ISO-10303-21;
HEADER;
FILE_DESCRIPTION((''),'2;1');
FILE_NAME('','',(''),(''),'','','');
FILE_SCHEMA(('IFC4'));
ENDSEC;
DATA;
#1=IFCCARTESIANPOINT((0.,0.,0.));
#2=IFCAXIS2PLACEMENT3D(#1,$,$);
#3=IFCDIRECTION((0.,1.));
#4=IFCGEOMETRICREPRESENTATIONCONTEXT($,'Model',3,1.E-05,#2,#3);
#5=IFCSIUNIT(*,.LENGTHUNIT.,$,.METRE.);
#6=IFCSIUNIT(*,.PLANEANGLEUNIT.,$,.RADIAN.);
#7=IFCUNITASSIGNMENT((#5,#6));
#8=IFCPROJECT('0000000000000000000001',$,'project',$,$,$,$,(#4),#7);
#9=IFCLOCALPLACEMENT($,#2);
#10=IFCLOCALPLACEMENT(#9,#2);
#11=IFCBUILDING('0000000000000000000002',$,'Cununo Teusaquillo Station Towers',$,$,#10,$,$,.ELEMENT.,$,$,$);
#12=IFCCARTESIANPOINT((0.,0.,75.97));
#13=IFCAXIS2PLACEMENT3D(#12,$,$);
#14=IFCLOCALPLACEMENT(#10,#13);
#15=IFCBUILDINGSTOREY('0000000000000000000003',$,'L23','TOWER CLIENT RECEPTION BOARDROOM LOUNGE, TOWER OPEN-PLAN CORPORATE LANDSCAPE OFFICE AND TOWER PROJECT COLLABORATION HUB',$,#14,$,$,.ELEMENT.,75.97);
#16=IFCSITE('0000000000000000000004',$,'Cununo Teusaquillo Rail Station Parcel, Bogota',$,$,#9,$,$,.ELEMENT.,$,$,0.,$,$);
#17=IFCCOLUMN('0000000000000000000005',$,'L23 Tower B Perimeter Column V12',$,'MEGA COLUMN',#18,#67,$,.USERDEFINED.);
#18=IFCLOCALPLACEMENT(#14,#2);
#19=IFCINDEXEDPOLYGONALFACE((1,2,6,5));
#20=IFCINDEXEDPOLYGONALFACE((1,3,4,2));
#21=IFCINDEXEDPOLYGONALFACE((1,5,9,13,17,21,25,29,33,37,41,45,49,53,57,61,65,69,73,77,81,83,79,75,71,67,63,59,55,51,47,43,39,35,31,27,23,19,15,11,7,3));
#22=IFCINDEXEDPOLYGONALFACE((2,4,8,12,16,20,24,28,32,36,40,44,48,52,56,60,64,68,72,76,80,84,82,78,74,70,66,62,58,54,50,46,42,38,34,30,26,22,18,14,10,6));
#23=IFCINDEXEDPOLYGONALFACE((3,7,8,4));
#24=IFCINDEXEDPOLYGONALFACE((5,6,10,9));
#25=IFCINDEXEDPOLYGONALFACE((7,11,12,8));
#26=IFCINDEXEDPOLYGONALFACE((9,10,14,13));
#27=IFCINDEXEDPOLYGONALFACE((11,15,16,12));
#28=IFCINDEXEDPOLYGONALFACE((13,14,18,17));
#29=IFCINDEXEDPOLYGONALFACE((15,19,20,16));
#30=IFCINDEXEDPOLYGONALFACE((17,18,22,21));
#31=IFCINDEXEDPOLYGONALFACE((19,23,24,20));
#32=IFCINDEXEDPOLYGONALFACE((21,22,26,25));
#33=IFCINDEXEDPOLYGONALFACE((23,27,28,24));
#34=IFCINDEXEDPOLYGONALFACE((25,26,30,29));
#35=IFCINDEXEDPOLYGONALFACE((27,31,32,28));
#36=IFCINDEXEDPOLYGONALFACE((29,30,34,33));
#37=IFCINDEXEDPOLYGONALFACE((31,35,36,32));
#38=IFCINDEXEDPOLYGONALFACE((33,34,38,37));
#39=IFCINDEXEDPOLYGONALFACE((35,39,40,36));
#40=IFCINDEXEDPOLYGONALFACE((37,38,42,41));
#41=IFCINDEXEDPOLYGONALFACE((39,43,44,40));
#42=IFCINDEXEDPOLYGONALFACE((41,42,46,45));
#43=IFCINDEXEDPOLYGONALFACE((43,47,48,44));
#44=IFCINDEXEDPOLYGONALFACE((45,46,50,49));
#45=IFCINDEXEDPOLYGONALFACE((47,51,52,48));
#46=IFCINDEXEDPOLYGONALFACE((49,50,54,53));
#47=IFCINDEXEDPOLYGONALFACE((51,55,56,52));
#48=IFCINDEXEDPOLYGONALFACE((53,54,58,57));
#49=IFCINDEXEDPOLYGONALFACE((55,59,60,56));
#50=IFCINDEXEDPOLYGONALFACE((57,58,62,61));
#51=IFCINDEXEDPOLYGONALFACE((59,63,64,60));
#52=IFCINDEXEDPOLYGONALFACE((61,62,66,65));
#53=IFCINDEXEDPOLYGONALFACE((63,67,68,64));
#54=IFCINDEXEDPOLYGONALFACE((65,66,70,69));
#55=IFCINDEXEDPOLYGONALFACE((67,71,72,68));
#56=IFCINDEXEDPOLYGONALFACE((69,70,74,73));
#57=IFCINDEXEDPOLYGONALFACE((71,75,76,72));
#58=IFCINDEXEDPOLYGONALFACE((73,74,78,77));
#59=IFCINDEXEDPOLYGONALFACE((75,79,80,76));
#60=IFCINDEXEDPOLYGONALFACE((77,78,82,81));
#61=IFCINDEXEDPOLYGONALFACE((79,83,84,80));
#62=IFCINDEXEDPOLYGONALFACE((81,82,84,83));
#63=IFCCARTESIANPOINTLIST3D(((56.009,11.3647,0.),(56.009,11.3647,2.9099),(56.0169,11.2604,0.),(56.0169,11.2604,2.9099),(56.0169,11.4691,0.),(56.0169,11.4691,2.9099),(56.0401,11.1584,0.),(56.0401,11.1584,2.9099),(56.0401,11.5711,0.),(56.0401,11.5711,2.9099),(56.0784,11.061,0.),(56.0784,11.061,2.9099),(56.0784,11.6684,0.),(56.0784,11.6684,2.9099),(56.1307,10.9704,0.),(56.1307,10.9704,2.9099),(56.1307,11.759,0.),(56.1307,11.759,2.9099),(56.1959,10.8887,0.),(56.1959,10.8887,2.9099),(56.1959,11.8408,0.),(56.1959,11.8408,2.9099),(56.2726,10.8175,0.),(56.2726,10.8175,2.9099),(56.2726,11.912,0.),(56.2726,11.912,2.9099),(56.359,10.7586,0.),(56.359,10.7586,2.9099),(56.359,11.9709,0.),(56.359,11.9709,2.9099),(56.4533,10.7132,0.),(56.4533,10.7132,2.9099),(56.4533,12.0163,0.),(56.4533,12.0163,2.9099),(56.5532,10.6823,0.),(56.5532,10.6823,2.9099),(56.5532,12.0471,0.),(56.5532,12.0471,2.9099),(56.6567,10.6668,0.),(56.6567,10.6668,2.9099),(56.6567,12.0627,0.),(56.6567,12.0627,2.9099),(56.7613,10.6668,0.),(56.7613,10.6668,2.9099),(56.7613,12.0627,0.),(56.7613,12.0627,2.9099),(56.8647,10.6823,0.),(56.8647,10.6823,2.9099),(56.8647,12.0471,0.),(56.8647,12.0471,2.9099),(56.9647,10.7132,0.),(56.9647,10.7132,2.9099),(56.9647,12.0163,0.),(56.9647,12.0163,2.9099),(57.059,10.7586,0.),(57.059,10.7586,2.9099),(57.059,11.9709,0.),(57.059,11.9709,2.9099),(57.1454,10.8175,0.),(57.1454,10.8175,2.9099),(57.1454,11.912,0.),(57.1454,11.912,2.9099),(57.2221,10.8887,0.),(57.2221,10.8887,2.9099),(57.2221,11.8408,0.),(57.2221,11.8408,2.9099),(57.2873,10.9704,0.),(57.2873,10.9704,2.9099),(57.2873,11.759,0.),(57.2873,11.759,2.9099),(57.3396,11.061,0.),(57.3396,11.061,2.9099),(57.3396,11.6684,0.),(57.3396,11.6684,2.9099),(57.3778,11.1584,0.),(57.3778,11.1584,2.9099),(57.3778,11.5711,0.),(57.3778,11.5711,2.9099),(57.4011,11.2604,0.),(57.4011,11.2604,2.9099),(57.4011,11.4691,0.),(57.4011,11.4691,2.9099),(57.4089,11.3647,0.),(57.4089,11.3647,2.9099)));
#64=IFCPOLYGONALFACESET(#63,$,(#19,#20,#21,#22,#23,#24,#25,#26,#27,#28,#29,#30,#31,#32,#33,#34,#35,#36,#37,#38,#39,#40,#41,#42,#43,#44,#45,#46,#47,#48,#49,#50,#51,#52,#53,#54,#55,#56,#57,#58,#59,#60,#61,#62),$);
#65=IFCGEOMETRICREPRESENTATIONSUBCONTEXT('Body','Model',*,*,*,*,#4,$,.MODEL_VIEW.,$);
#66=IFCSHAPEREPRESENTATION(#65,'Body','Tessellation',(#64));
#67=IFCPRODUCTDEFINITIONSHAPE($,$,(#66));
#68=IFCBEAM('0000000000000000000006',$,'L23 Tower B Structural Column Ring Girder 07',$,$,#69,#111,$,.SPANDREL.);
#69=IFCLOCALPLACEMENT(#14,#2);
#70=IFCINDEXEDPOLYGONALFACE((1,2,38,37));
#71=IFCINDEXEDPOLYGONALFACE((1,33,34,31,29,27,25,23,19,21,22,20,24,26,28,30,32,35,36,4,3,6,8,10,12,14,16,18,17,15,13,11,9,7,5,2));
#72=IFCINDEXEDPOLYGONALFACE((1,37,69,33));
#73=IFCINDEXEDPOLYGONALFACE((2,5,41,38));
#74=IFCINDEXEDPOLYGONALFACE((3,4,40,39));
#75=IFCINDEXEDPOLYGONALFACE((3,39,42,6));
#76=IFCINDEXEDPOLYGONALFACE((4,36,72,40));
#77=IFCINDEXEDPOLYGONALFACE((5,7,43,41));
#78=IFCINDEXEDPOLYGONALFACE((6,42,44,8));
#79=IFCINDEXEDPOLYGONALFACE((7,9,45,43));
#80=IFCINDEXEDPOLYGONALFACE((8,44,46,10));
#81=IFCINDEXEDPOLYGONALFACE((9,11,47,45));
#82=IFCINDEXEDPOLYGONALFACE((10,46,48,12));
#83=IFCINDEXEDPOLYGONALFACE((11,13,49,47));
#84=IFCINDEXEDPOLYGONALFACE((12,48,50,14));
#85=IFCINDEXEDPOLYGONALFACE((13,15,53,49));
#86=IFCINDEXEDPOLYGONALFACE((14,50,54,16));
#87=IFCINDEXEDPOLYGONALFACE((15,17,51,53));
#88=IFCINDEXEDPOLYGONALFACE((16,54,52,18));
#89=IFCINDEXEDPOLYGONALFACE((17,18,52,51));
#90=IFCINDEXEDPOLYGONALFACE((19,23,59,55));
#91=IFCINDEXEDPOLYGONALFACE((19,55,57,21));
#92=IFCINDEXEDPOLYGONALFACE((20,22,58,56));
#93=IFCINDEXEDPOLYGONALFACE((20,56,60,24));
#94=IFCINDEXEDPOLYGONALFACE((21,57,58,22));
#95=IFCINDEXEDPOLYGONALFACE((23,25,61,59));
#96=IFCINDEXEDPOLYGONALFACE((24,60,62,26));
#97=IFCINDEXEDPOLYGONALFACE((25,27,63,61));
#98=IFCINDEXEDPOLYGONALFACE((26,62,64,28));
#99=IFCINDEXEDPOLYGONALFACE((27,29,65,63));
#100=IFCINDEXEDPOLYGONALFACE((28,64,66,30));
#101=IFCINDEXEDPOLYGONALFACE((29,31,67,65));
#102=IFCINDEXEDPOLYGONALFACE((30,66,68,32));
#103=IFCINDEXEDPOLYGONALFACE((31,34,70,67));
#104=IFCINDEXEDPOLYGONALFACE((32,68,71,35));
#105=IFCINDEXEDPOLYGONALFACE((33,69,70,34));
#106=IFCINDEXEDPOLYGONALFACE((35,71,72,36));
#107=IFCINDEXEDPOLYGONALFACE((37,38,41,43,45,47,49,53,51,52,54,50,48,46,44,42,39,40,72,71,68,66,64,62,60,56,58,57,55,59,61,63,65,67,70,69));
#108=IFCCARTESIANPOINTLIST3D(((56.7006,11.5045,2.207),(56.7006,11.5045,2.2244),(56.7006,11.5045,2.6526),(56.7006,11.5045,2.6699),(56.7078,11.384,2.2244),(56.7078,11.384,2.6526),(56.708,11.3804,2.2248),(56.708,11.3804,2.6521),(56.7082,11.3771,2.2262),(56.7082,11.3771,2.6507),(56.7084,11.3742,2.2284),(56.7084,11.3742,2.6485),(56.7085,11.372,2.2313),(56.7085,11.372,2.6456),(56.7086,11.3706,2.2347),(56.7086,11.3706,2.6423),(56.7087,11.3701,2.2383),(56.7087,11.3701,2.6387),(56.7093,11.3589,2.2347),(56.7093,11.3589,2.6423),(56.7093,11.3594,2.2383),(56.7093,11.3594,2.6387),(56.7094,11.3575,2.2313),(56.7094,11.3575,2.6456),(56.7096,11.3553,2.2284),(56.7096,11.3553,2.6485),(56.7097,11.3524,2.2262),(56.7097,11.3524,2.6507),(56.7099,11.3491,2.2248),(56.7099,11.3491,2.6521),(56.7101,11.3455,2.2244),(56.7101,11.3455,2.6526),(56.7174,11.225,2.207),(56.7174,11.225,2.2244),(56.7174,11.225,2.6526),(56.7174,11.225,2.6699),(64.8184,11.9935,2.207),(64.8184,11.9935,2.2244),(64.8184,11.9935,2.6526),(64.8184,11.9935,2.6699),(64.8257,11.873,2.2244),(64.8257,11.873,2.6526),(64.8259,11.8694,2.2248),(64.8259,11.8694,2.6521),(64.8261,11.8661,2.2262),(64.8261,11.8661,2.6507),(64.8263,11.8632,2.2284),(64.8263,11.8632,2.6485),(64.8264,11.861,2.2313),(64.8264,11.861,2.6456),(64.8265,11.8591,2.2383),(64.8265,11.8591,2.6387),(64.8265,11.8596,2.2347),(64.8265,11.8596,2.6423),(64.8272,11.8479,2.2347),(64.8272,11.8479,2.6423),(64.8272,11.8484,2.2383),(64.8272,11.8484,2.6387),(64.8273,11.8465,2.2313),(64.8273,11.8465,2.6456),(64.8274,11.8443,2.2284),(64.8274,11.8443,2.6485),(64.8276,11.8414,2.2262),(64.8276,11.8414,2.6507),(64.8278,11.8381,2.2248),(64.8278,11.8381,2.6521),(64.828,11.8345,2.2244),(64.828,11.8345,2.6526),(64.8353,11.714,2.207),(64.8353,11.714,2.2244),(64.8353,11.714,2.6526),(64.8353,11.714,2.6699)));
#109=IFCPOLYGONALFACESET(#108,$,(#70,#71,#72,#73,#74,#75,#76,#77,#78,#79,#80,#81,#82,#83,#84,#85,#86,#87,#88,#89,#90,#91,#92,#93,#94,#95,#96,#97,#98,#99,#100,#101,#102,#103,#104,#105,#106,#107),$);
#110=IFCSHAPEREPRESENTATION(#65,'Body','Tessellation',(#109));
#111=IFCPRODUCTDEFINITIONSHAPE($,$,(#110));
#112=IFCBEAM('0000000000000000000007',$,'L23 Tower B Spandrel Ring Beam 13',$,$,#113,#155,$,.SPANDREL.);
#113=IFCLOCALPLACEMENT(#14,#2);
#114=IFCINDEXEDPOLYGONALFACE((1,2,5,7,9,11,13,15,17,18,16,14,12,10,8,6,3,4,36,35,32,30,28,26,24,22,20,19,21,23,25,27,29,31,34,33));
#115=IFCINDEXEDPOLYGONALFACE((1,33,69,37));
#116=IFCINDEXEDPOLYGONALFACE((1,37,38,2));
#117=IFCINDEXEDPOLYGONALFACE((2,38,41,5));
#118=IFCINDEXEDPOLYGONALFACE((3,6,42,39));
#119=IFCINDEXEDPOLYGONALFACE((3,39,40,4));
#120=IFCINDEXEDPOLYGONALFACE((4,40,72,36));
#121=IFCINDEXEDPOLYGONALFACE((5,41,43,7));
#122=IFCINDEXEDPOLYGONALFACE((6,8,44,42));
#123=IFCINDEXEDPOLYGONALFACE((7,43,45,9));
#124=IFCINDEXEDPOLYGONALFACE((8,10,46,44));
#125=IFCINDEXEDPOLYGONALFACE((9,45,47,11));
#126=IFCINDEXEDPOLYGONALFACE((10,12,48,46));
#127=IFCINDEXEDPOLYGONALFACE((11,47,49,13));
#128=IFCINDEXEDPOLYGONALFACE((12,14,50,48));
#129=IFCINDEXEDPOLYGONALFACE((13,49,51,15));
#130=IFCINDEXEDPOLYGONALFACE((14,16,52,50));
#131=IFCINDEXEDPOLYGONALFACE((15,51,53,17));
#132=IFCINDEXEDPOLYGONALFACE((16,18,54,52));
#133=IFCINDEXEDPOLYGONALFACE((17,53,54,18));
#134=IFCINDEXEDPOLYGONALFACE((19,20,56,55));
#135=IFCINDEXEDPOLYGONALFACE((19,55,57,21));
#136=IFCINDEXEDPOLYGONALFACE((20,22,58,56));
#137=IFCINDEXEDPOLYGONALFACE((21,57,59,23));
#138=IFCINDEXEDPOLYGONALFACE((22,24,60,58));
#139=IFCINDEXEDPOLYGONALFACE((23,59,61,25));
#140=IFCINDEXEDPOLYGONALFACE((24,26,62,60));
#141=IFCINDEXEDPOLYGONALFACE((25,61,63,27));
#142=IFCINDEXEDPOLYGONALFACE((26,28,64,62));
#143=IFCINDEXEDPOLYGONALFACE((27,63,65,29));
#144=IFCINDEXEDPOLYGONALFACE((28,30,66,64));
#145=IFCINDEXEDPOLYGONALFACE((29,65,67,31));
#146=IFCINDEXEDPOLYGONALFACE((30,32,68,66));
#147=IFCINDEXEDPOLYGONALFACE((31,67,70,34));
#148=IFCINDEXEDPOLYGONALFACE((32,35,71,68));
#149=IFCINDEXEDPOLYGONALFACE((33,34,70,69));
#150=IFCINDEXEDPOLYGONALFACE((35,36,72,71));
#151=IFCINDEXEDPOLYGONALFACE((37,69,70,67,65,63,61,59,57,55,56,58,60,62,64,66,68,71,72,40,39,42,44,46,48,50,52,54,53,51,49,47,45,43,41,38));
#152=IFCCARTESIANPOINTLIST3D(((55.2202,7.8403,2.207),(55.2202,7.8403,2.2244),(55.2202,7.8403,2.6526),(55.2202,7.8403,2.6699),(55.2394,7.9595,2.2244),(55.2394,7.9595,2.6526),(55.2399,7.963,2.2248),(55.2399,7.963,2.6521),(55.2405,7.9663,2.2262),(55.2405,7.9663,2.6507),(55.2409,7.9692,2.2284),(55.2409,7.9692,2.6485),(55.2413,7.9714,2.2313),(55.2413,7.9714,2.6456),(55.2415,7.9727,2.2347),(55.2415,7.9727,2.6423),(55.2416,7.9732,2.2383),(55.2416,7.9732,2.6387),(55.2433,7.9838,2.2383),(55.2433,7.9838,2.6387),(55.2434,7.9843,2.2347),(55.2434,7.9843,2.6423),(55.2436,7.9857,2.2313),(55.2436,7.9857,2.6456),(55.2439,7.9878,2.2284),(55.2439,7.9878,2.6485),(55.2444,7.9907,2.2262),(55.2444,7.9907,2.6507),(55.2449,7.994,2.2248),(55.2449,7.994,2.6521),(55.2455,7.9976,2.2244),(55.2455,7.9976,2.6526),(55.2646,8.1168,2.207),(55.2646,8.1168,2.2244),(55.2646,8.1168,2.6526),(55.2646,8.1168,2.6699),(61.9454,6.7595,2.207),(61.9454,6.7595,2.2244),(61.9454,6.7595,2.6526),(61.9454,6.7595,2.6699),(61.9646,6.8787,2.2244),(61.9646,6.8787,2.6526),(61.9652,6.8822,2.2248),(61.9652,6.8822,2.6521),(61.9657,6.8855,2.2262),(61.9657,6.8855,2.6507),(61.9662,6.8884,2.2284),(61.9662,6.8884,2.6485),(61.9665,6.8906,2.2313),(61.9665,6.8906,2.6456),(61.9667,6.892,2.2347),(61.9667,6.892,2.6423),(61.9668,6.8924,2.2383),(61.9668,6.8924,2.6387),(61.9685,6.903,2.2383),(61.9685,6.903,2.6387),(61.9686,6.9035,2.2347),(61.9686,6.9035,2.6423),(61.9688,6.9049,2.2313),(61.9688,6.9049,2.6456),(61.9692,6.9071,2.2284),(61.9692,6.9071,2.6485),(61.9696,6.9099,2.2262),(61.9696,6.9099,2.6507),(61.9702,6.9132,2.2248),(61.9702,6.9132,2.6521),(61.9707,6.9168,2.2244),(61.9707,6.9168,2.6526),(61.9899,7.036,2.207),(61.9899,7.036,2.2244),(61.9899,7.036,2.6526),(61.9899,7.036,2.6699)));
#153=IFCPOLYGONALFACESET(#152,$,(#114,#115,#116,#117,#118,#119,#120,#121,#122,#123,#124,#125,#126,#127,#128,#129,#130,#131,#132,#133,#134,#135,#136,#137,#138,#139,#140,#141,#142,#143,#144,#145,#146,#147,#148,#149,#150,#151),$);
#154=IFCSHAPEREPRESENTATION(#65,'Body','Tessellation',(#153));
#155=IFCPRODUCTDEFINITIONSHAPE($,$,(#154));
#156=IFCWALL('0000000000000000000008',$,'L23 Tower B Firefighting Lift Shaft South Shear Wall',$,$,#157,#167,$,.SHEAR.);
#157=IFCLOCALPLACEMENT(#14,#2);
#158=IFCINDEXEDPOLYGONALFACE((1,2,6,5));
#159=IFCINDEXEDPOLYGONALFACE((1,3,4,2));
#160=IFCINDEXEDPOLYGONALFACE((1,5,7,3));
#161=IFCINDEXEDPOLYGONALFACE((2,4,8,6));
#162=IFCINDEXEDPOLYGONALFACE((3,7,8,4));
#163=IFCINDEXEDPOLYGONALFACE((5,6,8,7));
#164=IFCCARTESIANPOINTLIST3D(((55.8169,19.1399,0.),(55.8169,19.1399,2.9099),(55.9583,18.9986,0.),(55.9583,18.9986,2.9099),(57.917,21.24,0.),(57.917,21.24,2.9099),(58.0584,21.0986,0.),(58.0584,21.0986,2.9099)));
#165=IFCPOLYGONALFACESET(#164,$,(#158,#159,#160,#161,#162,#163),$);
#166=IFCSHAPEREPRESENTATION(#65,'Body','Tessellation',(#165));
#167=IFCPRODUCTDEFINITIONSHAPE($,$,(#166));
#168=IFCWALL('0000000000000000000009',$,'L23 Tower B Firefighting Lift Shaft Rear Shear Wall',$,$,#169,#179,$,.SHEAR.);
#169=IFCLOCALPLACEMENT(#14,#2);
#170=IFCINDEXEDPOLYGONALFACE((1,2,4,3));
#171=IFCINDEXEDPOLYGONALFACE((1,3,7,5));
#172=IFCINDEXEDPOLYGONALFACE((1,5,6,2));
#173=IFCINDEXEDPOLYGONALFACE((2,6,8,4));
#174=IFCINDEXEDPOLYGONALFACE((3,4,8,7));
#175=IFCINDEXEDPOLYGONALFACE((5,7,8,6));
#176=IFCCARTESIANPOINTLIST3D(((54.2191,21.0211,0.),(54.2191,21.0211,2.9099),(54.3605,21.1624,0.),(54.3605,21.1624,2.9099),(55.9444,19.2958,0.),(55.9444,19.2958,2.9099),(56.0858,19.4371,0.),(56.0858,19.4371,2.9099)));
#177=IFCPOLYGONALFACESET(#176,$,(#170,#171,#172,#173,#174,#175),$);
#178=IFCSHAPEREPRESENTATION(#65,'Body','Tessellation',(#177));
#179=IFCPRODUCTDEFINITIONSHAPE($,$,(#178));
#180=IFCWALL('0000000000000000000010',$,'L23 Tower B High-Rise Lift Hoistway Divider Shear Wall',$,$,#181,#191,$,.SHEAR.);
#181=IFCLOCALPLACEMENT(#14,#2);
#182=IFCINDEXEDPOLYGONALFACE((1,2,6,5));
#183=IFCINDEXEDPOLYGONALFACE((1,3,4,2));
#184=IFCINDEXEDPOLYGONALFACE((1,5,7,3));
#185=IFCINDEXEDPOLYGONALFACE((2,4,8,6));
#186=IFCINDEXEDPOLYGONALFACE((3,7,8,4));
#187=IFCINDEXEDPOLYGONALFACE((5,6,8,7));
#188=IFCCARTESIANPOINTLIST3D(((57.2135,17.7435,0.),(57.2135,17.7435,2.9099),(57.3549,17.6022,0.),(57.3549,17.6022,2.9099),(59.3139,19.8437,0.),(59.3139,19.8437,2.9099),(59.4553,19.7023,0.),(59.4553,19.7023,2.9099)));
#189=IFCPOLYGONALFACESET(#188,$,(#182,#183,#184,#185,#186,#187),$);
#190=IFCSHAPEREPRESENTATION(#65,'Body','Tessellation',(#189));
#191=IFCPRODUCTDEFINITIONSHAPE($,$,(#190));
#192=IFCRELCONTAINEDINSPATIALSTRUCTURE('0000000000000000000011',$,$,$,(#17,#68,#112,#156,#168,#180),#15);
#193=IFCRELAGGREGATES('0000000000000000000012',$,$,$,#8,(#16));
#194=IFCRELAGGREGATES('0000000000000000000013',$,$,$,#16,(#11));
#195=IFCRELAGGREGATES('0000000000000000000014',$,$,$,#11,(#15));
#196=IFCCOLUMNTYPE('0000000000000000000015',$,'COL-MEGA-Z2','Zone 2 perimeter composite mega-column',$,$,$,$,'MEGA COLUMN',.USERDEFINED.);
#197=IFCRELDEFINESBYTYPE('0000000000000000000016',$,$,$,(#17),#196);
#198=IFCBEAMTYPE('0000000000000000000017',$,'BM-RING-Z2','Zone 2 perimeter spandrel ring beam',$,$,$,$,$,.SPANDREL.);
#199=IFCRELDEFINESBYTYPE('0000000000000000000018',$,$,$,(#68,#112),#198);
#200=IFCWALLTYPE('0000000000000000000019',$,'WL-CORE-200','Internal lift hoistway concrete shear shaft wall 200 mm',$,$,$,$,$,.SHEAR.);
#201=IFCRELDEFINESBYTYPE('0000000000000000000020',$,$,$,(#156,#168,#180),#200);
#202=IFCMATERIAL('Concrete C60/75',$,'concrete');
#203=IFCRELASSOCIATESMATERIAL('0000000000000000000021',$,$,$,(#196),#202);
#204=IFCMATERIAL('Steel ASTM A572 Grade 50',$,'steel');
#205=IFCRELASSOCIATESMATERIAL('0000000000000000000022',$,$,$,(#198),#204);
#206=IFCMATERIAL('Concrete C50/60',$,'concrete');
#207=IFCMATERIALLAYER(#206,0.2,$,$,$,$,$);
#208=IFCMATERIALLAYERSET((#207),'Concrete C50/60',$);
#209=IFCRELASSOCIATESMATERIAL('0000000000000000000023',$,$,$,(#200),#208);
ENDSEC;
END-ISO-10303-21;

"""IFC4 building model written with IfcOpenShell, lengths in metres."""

from ifc_helpers import new_model, si_unit, direction, frame, frame_2d, origin, origin_2d, place, context, subcontext, project, spatial, rectangle, circle, i_section, extrude, material, layer, layer_set, material_profile, profile_set, type_object, element, save


model = new_model("IFC4")

# Units and contexts
model_context = context("Model", 3, precision=1e-05, world=origin(), true_north=direction((0.0, 1.0)))
body_context = subcontext(model_context, "Body", "Model", "MODEL_VIEW")
ifc_project = project(units=[si_unit("LENGTHUNIT", "METRE"), si_unit("PLANEANGLEUNIT", "RADIAN")], contexts=[model_context])

# Site, building, storey
site_placement = place(None, origin())
site = spatial("IfcSite", under=ifc_project, at=site_placement, Name="Cununo Teusaquillo Rail Station Parcel, Bogota", CompositionType="ELEMENT", RefElevation=0.0)
building_placement = place(site_placement, origin())
building = spatial("IfcBuilding", under=site, at=building_placement, Name="Cununo Teusaquillo Station Towers", CompositionType="ELEMENT")
storey_placement = place(building_placement, frame((0.0, 0.0, 75.97)))
storey = spatial("IfcBuildingStorey", under=building, at=storey_placement, Name="L23", Description="TOWER CLIENT RECEPTION BOARDROOM LOUNGE, TOWER OPEN-PLAN CORPORATE LANDSCAPE OFFICE AND TOWER PROJECT COLLABORATION HUB", CompositionType="ELEMENT", Elevation=75.97)

# Column
ifc_material_1 = material(Name="Concrete C60/75", Category="concrete")
ifc_material_profile_1 = material_profile(ifc_material_1, circle(Radius=0.7, at=origin_2d()), Name="RC-CIRC-1400")
ifc_profile_set_1 = profile_set([ifc_material_profile_1], Name="Concrete C60/75")
column_type = type_object("IfcColumnType", Name="COL-MEGA-Z2", Description="Zone 2 perimeter composite mega-column", ElementType="MEGA COLUMN", PredefinedType="USERDEFINED", material=ifc_profile_set_1)
column_placement = place(storey_placement, frame((56.709, 11.3647, 0.0), z_axis=(0.0, 0.0, 1.0), x_axis=(1.0, 0.0, 0.0)))
element("IfcColumn", 1, at=column_placement, inside=storey, type_object=column_type, Name="L23 Tower B Perimeter Column V12", ObjectType="MEGA COLUMN", PredefinedType="USERDEFINED", context=body_context, shape_type="SweptSolid", body=[
    extrude(circle(Radius=0.7, at=origin_2d()), origin(), (0.0, 0.0, 1.0), 2.9099),
])

# Beams
ifc_material_2 = material(Name="Steel ASTM A572 Grade 50", Category="steel")
ifc_material_profile_2 = material_profile(ifc_material_2, i_section(OverallWidth=0.28, OverallDepth=0.4629, WebThickness=0.0107, FlangeThickness=0.0173, FilletRadius=0.0139, at=origin_2d()), Name="W18X76")
ifc_profile_set_2 = profile_set([ifc_material_profile_2], Name="Steel ASTM A572 Grade 50")
beam_type = type_object("IfcBeamType", Name="BM-RING-Z2", Description="Zone 2 perimeter spandrel ring beam", PredefinedType="SPANDREL", material=ifc_profile_set_2)
beam_1_placement = place(storey_placement, frame((56.709, 11.3647, 2.4385), z_axis=(0.998191, 0.06013, 0.0), x_axis=(-0.06013, 0.998191, 0.0)))
element("IfcBeam", 2, at=beam_1_placement, inside=storey, type_object=beam_type, Name="L23 Tower B Structural Column Ring Girder 07", PredefinedType="SPANDREL", context=body_context, shape_type="SweptSolid", body=[
    extrude(i_section(OverallWidth=0.28, OverallDepth=0.4629, WebThickness=0.0107, FlangeThickness=0.0173, FilletRadius=0.0139, at=origin_2d()), origin(), (0.0, 0.0, 1.0), 8.1326),
])
beam_2_placement = place(storey_placement, frame((55.2424, 7.9785, 2.4385), z_axis=(0.987331, -0.158671, 0.0), x_axis=(0.158671, 0.987331, 0.0)))
element("IfcBeam", 3, at=beam_2_placement, inside=storey, type_object=beam_type, Name="L23 Tower B Spandrel Ring Beam 13", PredefinedType="SPANDREL", context=body_context, shape_type="SweptSolid", body=[
    extrude(i_section(OverallWidth=0.28, OverallDepth=0.4629, WebThickness=0.0107, FlangeThickness=0.0173, FilletRadius=0.0139, at=origin_2d()), origin(), (0.0, 0.0, 1.0), 6.8115),
])

# Walls
ifc_material_3 = material(Name="Concrete C50/60", Category="concrete")
ifc_layer_1 = layer(ifc_material_3, 0.2)
ifc_layer_set_1 = layer_set([ifc_layer_1], Name="Concrete C50/60")
wall_type_1 = type_object("IfcWallType", Name="WL-CORE-200", Description="Internal lift hoistway concrete shear shaft wall 200 mm", PredefinedType="SHEAR", material=ifc_layer_set_1)
wall_1_placement = place(storey_placement, frame((55.8877, 19.0693, 0.0), z_axis=(0.0, 0.0, 1.0), x_axis=(0.707107, 0.707107, 0.0)))
element("IfcWall", 4, at=wall_1_placement, inside=storey, type_object=wall_type_1, Name="L23 Tower B Firefighting Lift Shaft South Shear Wall", PredefinedType="SHEAR", context=body_context, shape_type="SweptSolid", body=[
    extrude(rectangle(XDim=2.97, YDim=0.2, at=frame_2d((1.4849, 0.0))), origin(), (0.0, 0.0, 1.0), 2.9099),
])
wall_2_placement = place(storey_placement, frame((56.0151, 19.3665, 0.0), z_axis=(0.0, 0.0, 1.0), x_axis=(-0.707107, 0.707107, 0.0)))
element("IfcWall", 5, at=wall_2_placement, inside=storey, type_object=wall_type_1, Name="L23 Tower B Firefighting Lift Shaft Rear Shear Wall", PredefinedType="SHEAR", context=body_context, shape_type="SweptSolid", body=[
    extrude(rectangle(XDim=2.4399, YDim=0.2, at=frame_2d((1.22, 0.0))), origin(), (0.0, 0.0, 1.0), 2.9099),
])
wall_3_placement = place(storey_placement, frame((57.2842, 17.6729, 0.0), z_axis=(0.0, 0.0, 1.0), x_axis=(0.707148, 0.707066, 0.0)))
element("IfcWall", 6, at=wall_3_placement, inside=storey, type_object=wall_type_1, Name="L23 Tower B High-Rise Lift Hoistway Divider Shear Wall", PredefinedType="SHEAR", context=body_context, shape_type="SweptSolid", body=[
    extrude(rectangle(XDim=2.9702, YDim=0.2, at=frame_2d((1.4851, 0.0))), origin(), (0.0, 0.0, 1.0), 2.9099),
])

save(model, "model.ifc")
